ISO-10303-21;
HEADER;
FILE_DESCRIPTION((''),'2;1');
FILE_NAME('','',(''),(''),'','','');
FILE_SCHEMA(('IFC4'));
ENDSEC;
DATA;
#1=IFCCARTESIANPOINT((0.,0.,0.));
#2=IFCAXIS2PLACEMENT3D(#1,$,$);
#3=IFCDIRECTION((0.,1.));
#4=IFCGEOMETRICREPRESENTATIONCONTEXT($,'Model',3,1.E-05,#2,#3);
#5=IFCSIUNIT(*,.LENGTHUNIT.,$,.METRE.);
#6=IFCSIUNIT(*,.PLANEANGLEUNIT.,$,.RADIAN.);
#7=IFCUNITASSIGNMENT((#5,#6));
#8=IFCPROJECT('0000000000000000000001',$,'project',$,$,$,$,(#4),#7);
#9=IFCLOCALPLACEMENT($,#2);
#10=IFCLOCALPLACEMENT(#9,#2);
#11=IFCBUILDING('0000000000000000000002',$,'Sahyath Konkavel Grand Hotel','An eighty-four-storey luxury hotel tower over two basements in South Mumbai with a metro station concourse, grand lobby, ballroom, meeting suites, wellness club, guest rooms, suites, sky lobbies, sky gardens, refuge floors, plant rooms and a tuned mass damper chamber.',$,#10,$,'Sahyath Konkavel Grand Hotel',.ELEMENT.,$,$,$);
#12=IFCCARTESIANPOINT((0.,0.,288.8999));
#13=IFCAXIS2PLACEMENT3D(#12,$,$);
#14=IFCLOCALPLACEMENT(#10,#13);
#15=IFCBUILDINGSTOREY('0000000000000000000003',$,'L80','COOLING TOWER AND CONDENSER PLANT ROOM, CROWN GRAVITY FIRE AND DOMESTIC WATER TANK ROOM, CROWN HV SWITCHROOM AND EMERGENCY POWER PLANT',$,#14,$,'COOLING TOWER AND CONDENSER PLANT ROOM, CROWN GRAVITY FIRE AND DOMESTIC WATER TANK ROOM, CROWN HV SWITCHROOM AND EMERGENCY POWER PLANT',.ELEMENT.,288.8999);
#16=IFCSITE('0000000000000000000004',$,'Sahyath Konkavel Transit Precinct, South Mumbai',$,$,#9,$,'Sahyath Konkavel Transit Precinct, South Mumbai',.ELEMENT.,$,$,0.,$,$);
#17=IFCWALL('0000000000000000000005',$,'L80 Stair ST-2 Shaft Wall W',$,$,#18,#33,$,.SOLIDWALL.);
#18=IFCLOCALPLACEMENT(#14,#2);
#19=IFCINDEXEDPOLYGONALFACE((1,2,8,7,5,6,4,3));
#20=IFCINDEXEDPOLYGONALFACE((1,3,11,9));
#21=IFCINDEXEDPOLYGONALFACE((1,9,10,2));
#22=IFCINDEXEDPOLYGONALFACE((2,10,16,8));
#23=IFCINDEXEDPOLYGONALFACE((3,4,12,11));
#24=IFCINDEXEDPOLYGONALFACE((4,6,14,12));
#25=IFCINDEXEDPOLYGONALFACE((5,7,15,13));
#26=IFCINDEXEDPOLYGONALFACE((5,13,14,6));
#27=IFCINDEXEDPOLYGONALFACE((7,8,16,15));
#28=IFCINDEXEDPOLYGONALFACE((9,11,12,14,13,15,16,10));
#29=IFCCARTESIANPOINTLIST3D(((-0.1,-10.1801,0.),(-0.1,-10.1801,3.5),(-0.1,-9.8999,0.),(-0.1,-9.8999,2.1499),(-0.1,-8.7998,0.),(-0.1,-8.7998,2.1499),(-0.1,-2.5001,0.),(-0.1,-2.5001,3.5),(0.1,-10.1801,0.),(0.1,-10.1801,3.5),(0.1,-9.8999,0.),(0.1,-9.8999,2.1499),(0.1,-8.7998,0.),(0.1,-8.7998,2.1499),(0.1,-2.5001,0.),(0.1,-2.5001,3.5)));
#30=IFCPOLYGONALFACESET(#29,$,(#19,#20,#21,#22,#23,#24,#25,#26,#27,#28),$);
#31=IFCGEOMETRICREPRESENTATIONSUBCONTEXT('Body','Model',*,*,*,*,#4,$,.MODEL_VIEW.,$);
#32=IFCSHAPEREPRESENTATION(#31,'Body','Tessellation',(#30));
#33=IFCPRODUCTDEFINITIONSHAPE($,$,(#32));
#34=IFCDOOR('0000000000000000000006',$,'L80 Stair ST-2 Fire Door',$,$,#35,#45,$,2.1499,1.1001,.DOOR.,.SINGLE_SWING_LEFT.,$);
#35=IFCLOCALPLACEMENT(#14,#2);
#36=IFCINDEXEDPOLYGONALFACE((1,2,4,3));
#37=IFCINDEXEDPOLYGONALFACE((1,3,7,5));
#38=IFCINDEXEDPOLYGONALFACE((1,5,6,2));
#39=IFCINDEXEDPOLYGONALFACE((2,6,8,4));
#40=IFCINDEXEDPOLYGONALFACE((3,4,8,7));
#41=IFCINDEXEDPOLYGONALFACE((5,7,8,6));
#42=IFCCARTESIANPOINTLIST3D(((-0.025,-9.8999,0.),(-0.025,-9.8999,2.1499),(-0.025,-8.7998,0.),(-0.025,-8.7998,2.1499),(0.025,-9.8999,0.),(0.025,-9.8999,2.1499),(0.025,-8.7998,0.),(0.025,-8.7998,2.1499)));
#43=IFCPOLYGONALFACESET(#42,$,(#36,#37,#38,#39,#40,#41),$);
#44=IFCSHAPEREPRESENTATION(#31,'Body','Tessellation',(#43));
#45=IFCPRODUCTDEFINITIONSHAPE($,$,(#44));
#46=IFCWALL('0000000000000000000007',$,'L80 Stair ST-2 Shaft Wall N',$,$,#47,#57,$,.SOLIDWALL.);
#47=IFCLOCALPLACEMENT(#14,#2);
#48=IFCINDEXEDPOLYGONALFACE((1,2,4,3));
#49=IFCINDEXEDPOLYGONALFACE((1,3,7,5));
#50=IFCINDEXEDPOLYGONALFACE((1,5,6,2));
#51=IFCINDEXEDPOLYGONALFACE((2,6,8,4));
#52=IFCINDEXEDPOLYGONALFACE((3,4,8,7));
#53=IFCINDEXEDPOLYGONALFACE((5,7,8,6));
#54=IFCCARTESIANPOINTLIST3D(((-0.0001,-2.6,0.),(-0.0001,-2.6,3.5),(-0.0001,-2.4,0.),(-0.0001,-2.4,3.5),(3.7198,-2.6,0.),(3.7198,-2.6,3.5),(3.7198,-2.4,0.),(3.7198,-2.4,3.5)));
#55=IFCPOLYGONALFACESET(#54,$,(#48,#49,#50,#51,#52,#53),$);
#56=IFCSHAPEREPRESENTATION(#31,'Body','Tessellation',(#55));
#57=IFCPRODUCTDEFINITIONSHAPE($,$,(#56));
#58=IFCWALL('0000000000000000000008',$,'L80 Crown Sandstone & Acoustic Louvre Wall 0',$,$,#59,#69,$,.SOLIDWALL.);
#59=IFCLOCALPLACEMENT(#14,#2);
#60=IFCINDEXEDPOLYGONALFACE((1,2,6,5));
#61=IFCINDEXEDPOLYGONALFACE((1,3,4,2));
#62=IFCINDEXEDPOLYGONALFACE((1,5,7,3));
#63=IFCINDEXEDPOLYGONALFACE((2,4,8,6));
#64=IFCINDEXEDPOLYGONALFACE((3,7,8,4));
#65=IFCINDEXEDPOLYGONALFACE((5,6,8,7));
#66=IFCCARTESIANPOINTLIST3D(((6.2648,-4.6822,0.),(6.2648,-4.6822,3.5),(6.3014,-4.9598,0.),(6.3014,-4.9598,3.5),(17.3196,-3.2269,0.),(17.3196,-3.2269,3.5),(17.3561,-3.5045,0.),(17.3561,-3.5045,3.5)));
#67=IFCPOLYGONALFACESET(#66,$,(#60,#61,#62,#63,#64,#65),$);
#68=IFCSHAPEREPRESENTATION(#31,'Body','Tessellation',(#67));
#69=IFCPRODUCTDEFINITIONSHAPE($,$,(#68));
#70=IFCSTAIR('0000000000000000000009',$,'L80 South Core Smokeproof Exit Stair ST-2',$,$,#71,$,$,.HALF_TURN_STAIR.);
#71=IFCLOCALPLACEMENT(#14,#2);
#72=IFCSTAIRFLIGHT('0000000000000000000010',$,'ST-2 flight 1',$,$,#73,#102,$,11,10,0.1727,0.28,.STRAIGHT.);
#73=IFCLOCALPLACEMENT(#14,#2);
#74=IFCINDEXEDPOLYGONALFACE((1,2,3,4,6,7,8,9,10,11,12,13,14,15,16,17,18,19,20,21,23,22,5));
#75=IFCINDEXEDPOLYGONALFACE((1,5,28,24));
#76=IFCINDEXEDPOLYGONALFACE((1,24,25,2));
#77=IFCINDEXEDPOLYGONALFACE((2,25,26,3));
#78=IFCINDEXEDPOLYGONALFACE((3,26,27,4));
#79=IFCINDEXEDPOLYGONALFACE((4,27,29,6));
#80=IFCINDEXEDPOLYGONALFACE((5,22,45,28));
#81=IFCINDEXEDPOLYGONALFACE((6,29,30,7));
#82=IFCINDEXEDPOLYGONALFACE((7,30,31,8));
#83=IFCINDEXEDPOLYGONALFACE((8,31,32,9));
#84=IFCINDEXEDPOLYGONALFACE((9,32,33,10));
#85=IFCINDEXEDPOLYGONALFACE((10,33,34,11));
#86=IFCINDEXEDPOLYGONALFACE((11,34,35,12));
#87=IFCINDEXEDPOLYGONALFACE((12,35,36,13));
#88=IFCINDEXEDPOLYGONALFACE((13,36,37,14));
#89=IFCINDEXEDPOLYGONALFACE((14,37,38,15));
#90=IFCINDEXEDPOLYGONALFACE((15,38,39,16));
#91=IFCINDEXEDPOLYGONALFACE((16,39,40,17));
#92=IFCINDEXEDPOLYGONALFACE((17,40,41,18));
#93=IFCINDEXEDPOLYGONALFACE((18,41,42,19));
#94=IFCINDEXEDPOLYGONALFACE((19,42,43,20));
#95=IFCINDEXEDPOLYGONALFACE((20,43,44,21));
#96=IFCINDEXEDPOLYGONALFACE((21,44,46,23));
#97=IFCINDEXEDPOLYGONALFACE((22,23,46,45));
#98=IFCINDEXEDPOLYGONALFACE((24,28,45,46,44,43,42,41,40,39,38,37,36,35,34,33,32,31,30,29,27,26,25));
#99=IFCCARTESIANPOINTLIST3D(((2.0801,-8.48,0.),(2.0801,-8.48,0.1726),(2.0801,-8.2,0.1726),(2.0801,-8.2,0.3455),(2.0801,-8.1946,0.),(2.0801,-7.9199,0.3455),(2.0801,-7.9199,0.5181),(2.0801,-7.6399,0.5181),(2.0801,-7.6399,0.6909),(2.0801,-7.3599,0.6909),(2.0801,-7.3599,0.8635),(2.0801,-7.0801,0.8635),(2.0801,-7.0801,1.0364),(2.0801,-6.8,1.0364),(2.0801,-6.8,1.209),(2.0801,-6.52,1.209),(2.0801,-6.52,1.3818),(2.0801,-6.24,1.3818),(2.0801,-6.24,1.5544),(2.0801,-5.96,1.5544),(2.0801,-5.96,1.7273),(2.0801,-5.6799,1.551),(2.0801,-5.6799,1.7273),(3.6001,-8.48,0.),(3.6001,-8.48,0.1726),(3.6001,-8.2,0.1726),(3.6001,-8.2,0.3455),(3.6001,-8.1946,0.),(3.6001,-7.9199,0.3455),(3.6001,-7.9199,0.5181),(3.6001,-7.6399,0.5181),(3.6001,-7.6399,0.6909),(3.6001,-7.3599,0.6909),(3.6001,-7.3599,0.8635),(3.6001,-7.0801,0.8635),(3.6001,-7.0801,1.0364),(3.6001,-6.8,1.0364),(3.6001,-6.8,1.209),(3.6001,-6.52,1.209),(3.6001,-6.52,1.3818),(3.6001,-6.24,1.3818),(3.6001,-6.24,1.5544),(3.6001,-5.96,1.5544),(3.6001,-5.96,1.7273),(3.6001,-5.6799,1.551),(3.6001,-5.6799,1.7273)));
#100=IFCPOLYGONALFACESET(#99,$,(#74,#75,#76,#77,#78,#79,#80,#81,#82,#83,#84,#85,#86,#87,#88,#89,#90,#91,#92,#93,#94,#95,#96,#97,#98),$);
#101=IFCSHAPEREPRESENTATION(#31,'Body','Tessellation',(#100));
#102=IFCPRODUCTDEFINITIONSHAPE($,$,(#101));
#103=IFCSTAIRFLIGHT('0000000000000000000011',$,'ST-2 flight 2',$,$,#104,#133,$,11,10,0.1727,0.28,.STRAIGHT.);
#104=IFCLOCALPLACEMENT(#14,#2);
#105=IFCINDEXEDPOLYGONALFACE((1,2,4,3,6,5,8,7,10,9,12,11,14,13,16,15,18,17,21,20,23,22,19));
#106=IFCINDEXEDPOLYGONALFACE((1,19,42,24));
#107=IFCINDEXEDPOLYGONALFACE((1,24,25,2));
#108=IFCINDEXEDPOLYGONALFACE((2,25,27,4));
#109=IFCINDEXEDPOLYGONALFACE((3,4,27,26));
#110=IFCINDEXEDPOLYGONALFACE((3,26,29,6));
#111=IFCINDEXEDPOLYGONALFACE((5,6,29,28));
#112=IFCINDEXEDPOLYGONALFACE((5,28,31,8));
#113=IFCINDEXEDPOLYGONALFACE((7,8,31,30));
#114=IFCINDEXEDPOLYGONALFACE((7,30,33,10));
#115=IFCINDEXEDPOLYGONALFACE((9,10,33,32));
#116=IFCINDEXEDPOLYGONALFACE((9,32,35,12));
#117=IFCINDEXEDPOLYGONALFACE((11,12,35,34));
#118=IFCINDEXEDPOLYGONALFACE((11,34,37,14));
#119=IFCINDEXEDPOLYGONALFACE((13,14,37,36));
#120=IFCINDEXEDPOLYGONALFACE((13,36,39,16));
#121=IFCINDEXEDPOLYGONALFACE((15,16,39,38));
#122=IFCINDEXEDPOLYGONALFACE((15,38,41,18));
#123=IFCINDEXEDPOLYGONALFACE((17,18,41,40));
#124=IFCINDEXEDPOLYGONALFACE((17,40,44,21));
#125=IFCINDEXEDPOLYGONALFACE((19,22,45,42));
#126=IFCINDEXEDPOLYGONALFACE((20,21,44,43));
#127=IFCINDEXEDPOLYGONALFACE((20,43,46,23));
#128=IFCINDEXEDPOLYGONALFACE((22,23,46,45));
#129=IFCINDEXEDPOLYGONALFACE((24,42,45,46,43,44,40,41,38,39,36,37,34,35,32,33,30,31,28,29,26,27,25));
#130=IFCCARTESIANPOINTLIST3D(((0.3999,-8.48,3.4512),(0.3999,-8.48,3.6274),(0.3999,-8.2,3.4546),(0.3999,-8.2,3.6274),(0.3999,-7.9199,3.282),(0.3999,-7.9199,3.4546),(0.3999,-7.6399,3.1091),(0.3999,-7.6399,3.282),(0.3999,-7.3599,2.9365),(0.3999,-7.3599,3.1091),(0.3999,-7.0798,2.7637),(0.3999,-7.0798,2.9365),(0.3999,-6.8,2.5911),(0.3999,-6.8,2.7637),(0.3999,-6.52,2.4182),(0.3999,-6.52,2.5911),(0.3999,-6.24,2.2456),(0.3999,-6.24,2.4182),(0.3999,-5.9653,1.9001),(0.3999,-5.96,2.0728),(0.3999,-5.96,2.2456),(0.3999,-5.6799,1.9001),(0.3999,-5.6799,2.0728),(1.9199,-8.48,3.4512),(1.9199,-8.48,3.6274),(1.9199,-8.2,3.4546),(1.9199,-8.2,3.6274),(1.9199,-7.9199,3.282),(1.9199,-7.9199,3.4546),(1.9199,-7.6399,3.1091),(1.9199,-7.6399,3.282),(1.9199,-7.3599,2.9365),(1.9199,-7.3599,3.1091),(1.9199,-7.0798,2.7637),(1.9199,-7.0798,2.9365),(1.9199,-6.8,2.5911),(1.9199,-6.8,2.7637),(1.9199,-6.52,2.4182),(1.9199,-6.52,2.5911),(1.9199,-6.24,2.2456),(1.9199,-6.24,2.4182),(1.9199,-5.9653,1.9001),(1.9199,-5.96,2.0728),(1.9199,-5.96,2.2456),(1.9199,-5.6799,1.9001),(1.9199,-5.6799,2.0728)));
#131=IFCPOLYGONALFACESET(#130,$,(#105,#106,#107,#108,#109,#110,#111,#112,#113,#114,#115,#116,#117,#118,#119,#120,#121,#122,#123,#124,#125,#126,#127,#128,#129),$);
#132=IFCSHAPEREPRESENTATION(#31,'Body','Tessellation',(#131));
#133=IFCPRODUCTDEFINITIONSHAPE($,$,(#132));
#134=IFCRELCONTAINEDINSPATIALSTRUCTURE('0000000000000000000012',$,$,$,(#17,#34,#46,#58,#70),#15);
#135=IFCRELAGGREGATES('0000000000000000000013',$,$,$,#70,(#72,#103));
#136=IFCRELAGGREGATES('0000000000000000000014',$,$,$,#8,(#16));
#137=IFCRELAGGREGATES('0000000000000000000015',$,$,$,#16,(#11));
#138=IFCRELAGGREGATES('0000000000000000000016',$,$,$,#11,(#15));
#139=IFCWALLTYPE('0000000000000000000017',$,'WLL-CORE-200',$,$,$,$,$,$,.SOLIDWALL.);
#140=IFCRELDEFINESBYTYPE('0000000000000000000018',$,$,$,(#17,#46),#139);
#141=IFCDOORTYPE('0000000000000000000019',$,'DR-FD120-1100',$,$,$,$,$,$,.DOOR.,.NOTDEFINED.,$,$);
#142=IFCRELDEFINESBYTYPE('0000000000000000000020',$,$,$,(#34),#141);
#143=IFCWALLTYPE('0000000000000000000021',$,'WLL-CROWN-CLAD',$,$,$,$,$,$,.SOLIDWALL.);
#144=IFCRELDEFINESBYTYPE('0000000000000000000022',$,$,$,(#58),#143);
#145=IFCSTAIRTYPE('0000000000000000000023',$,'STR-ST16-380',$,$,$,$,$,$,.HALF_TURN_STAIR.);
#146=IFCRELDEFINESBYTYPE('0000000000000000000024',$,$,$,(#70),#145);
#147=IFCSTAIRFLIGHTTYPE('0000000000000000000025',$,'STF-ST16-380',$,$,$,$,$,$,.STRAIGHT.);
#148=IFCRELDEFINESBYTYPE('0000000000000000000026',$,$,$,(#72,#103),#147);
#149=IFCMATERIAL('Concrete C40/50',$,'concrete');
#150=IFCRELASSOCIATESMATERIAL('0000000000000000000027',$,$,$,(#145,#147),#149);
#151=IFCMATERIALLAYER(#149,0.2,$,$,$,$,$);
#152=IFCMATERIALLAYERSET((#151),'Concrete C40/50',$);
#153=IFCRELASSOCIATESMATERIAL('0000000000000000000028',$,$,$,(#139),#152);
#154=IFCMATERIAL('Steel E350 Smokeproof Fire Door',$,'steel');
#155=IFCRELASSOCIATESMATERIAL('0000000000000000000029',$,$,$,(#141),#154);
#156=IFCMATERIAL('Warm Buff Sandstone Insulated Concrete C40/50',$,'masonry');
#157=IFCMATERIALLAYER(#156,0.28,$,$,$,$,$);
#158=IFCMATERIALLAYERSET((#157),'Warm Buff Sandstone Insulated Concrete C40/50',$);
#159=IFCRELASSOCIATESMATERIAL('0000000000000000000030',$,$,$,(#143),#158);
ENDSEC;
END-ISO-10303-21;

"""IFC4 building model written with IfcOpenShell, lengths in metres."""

from ifc_helpers import new_model, si_unit, direction, frame, frame_2d, origin, origin_2d, place, context, subcontext, project, spatial, polyline, rectangle, outline, extrude, source, transform, mapped, material, layer, layer_set, type_object, element, fill, aggregate, save


model = new_model("IFC4")

# Units and contexts
model_context = context("Model", 3, precision=1e-05, world=origin(), true_north=direction((0.0, 1.0)))
body_context = subcontext(model_context, "Body", "Model", "MODEL_VIEW")
ifc_project = project(units=[si_unit("LENGTHUNIT", "METRE"), si_unit("PLANEANGLEUNIT", "RADIAN")], contexts=[model_context])

# Site, building, storey
site_placement = place(None, origin())
site = spatial("IfcSite", under=ifc_project, at=site_placement, Name="Sahyath Konkavel Transit Precinct, South Mumbai", LongName="Sahyath Konkavel Transit Precinct, South Mumbai", CompositionType="ELEMENT", RefElevation=0.0)
building_placement = place(site_placement, origin())
building = spatial("IfcBuilding", under=site, at=building_placement, Name="Sahyath Konkavel Grand Hotel", Description="An eighty-four-storey luxury hotel tower over two basements in South Mumbai with a metro station concourse, grand lobby, ballroom, meeting suites, wellness club, guest rooms, suites, sky lobbies, sky gardens, refuge floors, plant rooms and a tuned mass damper chamber.", LongName="Sahyath Konkavel Grand Hotel", CompositionType="ELEMENT")
storey_placement = place(building_placement, frame((0.0, 0.0, 288.8999)))
storey = spatial("IfcBuildingStorey", under=building, at=storey_placement, Name="L80", Description="COOLING TOWER AND CONDENSER PLANT ROOM, CROWN GRAVITY FIRE AND DOMESTIC WATER TANK ROOM, CROWN HV SWITCHROOM AND EMERGENCY POWER PLANT", LongName="COOLING TOWER AND CONDENSER PLANT ROOM, CROWN GRAVITY FIRE AND DOMESTIC WATER TANK ROOM, CROWN HV SWITCHROOM AND EMERGENCY POWER PLANT", CompositionType="ELEMENT", Elevation=288.8999)

# Shared definitions
ifc_material_1 = material(Name="Concrete C40/50", Category="concrete")

# Shared definitions
stair_type = type_object("IfcStairType", Name="STR-ST16-380", PredefinedType="HALF_TURN_STAIR", material=ifc_material_1)

# Wall, opening, door
ifc_layer_1 = layer(ifc_material_1, 0.2)
ifc_layer_set_1 = layer_set([ifc_layer_1], Name="Concrete C40/50")
wall_type_1 = type_object("IfcWallType", Name="WLL-CORE-200", PredefinedType="SOLIDWALL", material=ifc_layer_set_1)
wall_1_placement = place(storey_placement, frame((0.0, -10.1799, 0.0), z_axis=(0.0, 0.0, 1.0), x_axis=(0.0, 1.0, 0.0)))
wall_1 = element("IfcWall", 1, at=wall_1_placement, inside=storey, type_object=wall_type_1, Name="L80 Stair ST-2 Shaft Wall W", PredefinedType="SOLIDWALL", context=body_context, shape_type="SweptSolid", body=[
    extrude(rectangle(XDim=7.6799, YDim=0.2, at=frame_2d((3.8398, 0.0))), origin(), (0.0, 0.0, 1.0), 3.5),
])
opening_placement = place(wall_1_placement, frame((0.28, 0.0, 0.0)))
opening = element("IfcOpeningElement", 2, at=opening_placement, cuts=wall_1, PredefinedType="OPENING", context=body_context, shape_type="SweptSolid", body=[
    extrude(rectangle(XDim=1.1001, YDim=2.1499, at=frame_2d((0.55, 1.075))), frame((0.0, 0.1099, 0.0), z_axis=(0.0, -1.0, 0.0), x_axis=(1.0, 0.0, 0.0)), (0.0, 0.0, 1.0), 0.22),
])
ifc_material_2 = material(Name="Steel E350 Smokeproof Fire Door", Category="steel")
door_type = type_object("IfcDoorType", Name="DR-FD120-1100", OperationType="NOTDEFINED", PredefinedType="DOOR", material=ifc_material_2)
shared_shape_1 = source(origin(), body_context, "Body", "SweptSolid", [
    extrude(rectangle(XDim=1.1001, YDim=0.05, at=origin_2d()), origin(), (0.0, 0.0, 1.0), 2.1499),
])
door_placement = place(opening_placement, frame((0.55, 0.0, 0.0)))
door = element("IfcDoor", 3, at=door_placement, inside=storey, type_object=door_type, Name="L80 Stair ST-2 Fire Door", OperationType="SINGLE_SWING_LEFT", OverallHeight=2.1499, OverallWidth=1.1001, PredefinedType="DOOR", context=body_context, shape_type="MappedRepresentation", body=[
    mapped(shared_shape_1, transform((0.0, 0.0, 0.0), scale=1.0)),
])
fill(opening, door)

# Walls
wall_2_placement = place(storey_placement, frame((0.0, -2.5, 0.0), z_axis=(0.0, 0.0, 1.0), x_axis=(1.0, 0.0, 0.0)))
element("IfcWall", 4, at=wall_2_placement, inside=storey, type_object=wall_type_1, Name="L80 Stair ST-2 Shaft Wall N", PredefinedType="SOLIDWALL", context=body_context, shape_type="SweptSolid", body=[
    extrude(rectangle(XDim=3.72, YDim=0.2, at=frame_2d((1.8599, 0.0))), origin(), (0.0, 0.0, 1.0), 3.5),
])
ifc_material_3 = material(Name="Warm Buff Sandstone Insulated Concrete C40/50", Category="masonry")
ifc_layer_2 = layer(ifc_material_3, 0.28)
ifc_layer_set_2 = layer_set([ifc_layer_2], Name="Warm Buff Sandstone Insulated Concrete C40/50")
wall_type_2 = type_object("IfcWallType", Name="WLL-CROWN-CLAD", PredefinedType="SOLIDWALL", material=ifc_layer_set_2)
wall_3_placement = place(storey_placement, frame((6.283, -4.821, 0.0), z_axis=(0.0, 0.0, 1.0), x_axis=(0.991445, 0.130521, 0.0)))
element("IfcWall", 5, at=wall_3_placement, inside=storey, type_object=wall_type_2, Name="L80 Crown Sandstone & Acoustic Louvre Wall 0", PredefinedType="SOLIDWALL", context=body_context, shape_type="SweptSolid", body=[
    extrude(rectangle(XDim=11.1501, YDim=0.28, at=frame_2d((5.5752, 0.0))), origin(), (0.0, 0.0, 1.0), 3.5),
])

# Stair, stair flights
stair_1_placement = place(storey_placement, origin())
stair_1 = element("IfcStair", 6, at=stair_1_placement, inside=storey, type_object=stair_type, Name="L80 South Core Smokeproof Exit Stair ST-2", PredefinedType="HALF_TURN_STAIR")
stair_flight_type = type_object("IfcStairFlightType", Name="STF-ST16-380", PredefinedType="STRAIGHT", material=ifc_material_1)
stair_flight_1_placement = place(storey_placement, frame((2.8401, -8.48, 0.0), z_axis=(0.0, 0.0, 1.0), x_axis=(0.0, 1.0, 0.0)))
stair_flight_1 = element("IfcStairFlight", 7, at=stair_flight_1_placement, type_object=stair_flight_type, Name="ST-2 flight 1", NumberOfRisers=11, NumberOfTreads=10, PredefinedType="STRAIGHT", RiserHeight=0.1727, TreadLength=0.28, context=body_context, shape_type="SweptSolid", body=[
    extrude(outline(polyline([(0.0, 0.0), (0.0, 0.1726), (0.28, 0.1726), (0.28, 0.3455), (0.5601, 0.3455), (0.5601, 0.5181), (0.8401, 0.5181), (0.8401, 0.6909), (1.1201, 0.6909), (1.1201, 0.8635), (1.3999, 0.8635), (1.3999, 1.0364), (1.6799, 1.0364), (1.6799, 1.209), (1.96, 1.209), (1.96, 1.3818), (2.24, 1.3818), (2.24, 1.5544), (2.52, 1.5544), (2.52, 1.7273), (2.8, 1.7273), (2.8, 1.8999), (2.8, 1.551), (0.2854, 0.0), (0.0, 0.0)])), frame((0.0, 0.76, 0.0), z_axis=(0.0, -1.0, 0.0), x_axis=(1.0, 0.0, 0.0)), (0.0, 0.0, 1.0), 1.52),
])
stair_flight_2_placement = place(storey_placement, frame((1.1599, -5.6799, 1.9001), z_axis=(0.0, 0.0, 1.0), x_axis=(0.0, -1.0, 0.0)))
stair_flight_2 = element("IfcStairFlight", 8, at=stair_flight_2_placement, type_object=stair_flight_type, Name="ST-2 flight 2", NumberOfRisers=11, NumberOfTreads=10, PredefinedType="STRAIGHT", RiserHeight=0.1727, TreadLength=0.28, context=body_context, shape_type="SweptSolid", body=[
    extrude(outline(polyline([(0.0, 0.0), (0.0, 0.1726), (0.28, 0.1726), (0.28, 0.3455), (0.5601, 0.3455), (0.5601, 0.5181), (0.8401, 0.5181), (0.8401, 0.6909), (1.1201, 0.6909), (1.1201, 0.8635), (1.3999, 0.8635), (1.3999, 1.0364), (1.6799, 1.0364), (1.6799, 1.209), (1.96, 1.209), (1.96, 1.3818), (2.24, 1.3818), (2.24, 1.5544), (2.52, 1.5544), (2.52, 1.7273), (2.8, 1.7273), (2.8, 1.8999), (2.8, 1.551), (0.2854, 0.0), (0.0, 0.0)])), frame((0.0, 0.76, 0.0), z_axis=(0.0, -1.0, 0.0), x_axis=(1.0, 0.0, 0.0)), (0.0, 0.0, 1.0), 1.52),
])
aggregate(stair_1, [stair_flight_1, stair_flight_2])

save(model, "model.ifc")
